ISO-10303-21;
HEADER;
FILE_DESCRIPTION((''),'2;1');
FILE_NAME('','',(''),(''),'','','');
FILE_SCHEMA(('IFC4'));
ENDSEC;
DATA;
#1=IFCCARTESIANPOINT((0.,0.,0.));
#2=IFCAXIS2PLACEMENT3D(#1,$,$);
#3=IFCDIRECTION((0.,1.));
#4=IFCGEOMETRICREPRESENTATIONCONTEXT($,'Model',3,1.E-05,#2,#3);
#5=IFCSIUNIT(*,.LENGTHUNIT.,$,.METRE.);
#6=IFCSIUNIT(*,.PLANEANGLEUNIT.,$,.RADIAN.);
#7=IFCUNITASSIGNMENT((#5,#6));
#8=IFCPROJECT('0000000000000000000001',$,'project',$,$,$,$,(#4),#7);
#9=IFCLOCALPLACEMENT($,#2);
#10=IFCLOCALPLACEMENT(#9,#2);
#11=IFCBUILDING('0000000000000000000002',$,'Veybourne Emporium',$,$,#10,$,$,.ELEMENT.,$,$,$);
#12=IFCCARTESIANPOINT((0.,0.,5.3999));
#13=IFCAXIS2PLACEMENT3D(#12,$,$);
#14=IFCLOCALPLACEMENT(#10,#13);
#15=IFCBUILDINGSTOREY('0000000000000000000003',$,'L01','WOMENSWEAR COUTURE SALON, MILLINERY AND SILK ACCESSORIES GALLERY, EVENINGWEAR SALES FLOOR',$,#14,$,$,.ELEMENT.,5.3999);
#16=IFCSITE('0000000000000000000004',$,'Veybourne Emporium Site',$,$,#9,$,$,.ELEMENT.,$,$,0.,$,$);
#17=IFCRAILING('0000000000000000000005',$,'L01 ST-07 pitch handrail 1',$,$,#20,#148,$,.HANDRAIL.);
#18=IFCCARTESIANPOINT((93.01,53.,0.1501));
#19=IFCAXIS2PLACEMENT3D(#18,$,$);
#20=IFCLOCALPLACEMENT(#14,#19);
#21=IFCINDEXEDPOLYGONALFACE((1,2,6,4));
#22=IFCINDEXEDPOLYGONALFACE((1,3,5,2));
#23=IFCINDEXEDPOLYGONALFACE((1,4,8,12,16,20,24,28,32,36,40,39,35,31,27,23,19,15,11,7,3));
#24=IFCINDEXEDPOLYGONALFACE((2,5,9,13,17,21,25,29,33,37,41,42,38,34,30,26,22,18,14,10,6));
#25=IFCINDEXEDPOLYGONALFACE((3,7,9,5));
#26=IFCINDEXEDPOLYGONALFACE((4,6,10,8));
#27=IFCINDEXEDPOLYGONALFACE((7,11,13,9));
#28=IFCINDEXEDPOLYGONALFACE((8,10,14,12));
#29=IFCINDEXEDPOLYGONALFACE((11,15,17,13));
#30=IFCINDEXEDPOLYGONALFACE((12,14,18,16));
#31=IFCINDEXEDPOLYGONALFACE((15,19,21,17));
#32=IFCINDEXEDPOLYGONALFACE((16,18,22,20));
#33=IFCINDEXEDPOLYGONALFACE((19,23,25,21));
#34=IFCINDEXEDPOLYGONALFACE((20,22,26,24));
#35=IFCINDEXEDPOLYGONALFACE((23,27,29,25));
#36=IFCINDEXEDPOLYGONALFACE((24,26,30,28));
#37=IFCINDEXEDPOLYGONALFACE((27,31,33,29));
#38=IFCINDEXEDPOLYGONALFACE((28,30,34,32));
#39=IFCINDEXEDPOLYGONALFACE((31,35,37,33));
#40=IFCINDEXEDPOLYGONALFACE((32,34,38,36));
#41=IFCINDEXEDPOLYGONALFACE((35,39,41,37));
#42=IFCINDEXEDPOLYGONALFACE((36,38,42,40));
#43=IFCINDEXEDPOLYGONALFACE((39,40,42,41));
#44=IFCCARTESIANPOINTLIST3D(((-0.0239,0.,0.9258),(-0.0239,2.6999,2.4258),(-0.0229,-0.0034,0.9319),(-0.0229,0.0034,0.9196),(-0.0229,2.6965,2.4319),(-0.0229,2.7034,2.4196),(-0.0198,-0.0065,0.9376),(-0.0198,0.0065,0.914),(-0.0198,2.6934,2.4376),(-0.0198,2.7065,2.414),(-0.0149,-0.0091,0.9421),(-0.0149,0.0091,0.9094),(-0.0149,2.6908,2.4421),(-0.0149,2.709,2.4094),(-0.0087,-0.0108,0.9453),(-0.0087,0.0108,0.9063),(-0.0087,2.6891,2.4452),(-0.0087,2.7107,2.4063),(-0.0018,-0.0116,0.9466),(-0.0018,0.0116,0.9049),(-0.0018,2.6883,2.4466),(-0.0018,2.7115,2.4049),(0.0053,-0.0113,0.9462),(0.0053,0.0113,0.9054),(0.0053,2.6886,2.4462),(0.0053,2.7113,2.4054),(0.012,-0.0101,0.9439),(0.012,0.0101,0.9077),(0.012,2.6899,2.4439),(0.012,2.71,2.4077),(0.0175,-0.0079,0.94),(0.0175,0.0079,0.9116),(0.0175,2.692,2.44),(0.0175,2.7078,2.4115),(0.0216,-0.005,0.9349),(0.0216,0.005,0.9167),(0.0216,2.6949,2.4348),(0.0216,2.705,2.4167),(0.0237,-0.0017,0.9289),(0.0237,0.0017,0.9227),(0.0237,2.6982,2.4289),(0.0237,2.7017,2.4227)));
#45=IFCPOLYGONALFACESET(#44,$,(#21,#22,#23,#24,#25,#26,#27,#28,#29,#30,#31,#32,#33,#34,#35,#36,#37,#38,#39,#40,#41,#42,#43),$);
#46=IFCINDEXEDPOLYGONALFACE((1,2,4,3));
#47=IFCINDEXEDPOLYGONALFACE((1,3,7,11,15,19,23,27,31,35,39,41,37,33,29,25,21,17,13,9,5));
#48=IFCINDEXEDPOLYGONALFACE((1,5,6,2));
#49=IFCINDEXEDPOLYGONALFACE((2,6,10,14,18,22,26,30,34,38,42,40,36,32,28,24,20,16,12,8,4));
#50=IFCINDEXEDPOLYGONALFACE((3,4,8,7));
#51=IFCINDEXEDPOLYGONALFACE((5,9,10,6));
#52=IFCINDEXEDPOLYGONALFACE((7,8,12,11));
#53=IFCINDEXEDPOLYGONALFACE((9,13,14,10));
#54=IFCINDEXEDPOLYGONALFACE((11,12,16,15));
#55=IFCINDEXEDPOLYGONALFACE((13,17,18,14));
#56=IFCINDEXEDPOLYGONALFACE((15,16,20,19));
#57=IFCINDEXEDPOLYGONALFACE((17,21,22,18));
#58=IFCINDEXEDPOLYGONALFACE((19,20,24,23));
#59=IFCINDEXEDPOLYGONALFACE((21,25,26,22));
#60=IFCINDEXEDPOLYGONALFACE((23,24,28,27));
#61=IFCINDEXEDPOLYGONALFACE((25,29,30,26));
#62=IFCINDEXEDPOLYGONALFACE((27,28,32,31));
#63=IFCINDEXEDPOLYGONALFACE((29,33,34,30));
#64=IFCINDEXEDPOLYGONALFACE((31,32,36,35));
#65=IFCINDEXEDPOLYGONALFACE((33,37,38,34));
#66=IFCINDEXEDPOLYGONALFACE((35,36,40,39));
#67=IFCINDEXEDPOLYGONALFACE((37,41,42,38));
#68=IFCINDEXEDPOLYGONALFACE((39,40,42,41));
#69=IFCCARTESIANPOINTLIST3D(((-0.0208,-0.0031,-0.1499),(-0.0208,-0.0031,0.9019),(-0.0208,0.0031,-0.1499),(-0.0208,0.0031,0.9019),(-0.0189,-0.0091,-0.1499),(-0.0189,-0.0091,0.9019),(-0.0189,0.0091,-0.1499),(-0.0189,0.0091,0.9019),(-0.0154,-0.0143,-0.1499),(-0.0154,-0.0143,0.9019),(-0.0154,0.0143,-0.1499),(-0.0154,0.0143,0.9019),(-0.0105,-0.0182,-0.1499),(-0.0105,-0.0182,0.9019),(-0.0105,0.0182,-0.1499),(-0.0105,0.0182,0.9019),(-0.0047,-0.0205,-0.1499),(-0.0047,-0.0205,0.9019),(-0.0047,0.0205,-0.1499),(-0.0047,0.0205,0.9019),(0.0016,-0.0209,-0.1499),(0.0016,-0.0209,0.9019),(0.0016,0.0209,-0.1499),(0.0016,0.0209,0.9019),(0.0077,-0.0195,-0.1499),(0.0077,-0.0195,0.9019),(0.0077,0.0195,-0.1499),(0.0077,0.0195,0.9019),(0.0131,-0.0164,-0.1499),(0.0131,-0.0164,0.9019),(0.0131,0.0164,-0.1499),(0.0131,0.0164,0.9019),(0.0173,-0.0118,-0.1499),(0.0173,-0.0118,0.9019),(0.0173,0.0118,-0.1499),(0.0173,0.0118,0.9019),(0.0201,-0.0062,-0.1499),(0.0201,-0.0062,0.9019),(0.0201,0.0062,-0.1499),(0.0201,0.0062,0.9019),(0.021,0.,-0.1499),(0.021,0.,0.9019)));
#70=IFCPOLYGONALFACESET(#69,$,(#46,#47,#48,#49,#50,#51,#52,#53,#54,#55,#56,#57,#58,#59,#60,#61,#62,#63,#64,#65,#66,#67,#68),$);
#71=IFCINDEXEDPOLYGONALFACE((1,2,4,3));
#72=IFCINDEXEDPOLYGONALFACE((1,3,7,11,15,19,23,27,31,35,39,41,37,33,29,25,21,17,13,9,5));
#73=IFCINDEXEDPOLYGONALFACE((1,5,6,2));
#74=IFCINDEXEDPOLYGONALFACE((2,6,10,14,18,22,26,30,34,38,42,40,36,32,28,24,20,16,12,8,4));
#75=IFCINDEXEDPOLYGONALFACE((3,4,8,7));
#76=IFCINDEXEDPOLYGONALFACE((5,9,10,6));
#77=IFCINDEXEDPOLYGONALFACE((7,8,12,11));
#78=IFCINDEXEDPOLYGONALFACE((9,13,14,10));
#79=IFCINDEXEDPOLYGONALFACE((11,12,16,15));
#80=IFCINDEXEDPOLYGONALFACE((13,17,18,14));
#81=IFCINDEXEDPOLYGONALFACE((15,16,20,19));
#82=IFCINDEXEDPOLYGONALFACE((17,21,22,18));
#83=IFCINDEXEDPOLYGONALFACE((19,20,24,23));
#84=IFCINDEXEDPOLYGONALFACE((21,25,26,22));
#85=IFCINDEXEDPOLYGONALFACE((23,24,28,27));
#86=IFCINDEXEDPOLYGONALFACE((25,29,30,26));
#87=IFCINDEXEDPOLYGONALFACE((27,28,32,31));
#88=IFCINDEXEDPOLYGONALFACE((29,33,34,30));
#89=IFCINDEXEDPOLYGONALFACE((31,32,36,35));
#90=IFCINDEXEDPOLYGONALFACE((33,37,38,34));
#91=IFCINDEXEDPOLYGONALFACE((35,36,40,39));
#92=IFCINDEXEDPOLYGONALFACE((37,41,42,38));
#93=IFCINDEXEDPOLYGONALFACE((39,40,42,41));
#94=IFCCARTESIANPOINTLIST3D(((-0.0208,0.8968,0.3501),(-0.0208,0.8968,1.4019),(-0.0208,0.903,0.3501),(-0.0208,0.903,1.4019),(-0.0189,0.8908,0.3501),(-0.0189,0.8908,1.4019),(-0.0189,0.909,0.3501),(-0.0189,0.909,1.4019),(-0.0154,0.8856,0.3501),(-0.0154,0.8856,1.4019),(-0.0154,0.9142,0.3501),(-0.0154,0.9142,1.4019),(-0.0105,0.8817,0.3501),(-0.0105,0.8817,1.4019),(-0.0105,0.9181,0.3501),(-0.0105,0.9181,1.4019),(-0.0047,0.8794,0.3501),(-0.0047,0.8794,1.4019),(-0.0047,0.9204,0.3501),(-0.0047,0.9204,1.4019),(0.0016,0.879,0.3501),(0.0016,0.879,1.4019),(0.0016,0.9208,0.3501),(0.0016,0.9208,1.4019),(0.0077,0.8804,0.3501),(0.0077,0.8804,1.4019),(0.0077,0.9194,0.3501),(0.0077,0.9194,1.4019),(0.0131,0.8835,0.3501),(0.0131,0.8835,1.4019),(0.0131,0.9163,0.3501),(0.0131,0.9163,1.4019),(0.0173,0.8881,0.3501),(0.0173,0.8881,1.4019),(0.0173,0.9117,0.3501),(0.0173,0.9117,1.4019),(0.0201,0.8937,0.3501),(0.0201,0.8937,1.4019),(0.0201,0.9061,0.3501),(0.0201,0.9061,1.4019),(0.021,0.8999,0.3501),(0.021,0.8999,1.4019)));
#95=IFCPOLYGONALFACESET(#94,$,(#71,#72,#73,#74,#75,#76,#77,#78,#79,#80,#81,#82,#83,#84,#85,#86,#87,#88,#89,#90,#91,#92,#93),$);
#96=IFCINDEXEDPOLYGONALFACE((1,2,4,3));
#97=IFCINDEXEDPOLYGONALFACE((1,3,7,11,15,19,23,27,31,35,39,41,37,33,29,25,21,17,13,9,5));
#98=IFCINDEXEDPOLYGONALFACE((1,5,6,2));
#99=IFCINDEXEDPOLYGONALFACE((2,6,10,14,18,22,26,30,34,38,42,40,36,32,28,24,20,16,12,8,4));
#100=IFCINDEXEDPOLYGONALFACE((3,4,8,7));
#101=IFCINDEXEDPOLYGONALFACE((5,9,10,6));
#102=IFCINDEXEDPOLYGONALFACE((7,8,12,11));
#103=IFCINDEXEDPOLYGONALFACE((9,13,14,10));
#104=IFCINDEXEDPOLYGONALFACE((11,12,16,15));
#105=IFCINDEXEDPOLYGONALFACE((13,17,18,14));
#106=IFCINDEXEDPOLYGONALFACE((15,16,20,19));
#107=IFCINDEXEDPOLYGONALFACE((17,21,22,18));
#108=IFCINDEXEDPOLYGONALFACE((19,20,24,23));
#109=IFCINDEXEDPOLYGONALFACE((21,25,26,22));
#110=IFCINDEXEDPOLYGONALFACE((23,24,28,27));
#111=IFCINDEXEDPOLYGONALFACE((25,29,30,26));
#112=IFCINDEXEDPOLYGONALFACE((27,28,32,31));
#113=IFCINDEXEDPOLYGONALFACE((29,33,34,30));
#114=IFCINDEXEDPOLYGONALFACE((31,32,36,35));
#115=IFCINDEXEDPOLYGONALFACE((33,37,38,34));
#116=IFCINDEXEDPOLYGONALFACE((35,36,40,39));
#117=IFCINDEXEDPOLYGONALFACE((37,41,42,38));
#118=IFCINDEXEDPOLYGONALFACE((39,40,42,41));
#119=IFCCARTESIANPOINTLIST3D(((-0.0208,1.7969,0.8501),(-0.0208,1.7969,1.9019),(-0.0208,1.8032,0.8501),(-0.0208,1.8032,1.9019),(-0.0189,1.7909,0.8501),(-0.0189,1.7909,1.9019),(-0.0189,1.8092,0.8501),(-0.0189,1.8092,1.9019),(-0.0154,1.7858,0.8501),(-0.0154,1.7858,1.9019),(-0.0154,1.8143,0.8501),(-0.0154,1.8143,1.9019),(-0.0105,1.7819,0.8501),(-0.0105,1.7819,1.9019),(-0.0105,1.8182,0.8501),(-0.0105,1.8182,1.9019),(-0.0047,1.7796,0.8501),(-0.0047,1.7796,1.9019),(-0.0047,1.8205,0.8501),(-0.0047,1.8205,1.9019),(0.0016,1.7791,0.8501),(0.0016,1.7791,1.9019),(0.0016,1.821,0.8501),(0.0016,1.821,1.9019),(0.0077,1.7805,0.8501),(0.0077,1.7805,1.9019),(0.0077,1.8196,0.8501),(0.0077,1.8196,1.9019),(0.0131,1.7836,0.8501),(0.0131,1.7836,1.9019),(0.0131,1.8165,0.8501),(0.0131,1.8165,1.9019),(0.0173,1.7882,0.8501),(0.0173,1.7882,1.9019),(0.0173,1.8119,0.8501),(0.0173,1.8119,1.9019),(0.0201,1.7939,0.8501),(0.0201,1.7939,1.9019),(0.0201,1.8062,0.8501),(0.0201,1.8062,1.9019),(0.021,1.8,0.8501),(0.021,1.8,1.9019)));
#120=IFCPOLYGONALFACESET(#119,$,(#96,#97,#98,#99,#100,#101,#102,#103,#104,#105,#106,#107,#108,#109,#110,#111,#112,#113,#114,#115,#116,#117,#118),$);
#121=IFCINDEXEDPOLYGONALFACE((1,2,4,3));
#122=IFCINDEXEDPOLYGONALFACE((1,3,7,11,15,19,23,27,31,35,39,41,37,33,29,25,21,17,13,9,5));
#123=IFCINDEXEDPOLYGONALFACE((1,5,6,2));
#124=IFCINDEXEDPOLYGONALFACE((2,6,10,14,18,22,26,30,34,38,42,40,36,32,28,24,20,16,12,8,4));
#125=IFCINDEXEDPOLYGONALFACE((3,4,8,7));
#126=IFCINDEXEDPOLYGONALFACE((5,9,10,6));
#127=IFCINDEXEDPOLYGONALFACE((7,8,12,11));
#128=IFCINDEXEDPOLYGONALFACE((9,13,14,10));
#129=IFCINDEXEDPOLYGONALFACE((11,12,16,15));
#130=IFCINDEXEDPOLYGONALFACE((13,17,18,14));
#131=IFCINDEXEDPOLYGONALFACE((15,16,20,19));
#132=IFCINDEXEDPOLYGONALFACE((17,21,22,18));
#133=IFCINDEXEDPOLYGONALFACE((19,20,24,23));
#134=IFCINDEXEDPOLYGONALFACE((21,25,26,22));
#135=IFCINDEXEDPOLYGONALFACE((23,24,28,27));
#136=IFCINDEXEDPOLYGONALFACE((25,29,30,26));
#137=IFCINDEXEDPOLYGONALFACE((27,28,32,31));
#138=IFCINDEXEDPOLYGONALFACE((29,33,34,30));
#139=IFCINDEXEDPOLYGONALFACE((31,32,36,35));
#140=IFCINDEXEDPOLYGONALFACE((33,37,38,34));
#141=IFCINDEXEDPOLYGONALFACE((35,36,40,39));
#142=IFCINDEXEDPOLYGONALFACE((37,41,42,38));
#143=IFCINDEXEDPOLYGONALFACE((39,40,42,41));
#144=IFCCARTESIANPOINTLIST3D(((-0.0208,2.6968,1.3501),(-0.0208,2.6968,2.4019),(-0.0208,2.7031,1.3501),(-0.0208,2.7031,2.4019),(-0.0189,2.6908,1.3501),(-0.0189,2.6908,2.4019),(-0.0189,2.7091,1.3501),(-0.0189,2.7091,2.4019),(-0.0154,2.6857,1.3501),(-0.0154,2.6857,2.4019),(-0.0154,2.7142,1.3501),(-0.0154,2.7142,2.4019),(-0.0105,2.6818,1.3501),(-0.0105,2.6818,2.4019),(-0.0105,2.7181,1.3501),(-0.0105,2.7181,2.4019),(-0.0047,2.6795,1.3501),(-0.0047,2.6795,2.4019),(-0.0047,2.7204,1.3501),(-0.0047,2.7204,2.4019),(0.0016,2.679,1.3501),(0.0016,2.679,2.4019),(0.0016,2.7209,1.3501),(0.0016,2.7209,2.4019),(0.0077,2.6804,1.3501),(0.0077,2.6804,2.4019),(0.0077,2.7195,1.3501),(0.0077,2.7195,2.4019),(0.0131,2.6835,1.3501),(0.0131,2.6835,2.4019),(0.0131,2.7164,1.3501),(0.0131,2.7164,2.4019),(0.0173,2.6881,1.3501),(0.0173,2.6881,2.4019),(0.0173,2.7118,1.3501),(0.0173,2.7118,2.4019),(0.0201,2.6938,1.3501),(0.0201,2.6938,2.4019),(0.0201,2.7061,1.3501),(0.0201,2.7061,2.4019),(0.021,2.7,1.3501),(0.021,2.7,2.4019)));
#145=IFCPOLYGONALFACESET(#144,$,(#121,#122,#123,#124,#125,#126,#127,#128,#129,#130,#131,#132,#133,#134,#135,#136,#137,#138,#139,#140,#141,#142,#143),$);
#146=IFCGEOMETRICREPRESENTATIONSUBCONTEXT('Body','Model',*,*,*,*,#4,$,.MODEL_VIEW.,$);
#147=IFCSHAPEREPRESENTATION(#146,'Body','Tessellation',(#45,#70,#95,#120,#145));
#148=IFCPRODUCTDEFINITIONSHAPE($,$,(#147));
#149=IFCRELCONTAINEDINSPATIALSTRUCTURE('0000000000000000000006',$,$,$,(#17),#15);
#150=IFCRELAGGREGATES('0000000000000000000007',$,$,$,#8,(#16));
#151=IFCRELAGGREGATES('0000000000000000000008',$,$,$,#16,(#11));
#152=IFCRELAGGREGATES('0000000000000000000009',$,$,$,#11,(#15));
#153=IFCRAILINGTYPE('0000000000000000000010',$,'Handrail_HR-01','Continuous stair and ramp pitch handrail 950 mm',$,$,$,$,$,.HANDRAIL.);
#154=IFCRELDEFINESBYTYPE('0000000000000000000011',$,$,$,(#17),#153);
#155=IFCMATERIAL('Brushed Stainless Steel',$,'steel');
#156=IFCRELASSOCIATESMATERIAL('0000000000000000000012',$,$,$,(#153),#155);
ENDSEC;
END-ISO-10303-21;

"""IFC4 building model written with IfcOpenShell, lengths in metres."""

from ifc_helpers import new_model, si_unit, direction, frame, origin, origin_2d, place, context, subcontext, project, spatial, circle, extrude, material, type_object, element, save


model = new_model("IFC4")

# Units and contexts
model_context = context("Model", 3, precision=1e-05, world=origin(), true_north=direction((0.0, 1.0)))
body_context = subcontext(model_context, "Body", "Model", "MODEL_VIEW")
ifc_project = project(units=[si_unit("LENGTHUNIT", "METRE"), si_unit("PLANEANGLEUNIT", "RADIAN")], contexts=[model_context])

# Site, building, storey
site_placement = place(None, origin())
site = spatial("IfcSite", under=ifc_project, at=site_placement, Name="Veybourne Emporium Site", CompositionType="ELEMENT", RefElevation=0.0)
building_placement = place(site_placement, origin())
building = spatial("IfcBuilding", under=site, at=building_placement, Name="Veybourne Emporium", CompositionType="ELEMENT")
storey_placement = place(building_placement, frame((0.0, 0.0, 5.3999)))
storey = spatial("IfcBuildingStorey", under=building, at=storey_placement, Name="L01", Description="WOMENSWEAR COUTURE SALON, MILLINERY AND SILK ACCESSORIES GALLERY, EVENINGWEAR SALES FLOOR", CompositionType="ELEMENT", Elevation=5.3999)

# Railing
ifc_material_1 = material(Name="Brushed Stainless Steel", Category="steel")
railing_type_1 = type_object("IfcRailingType", Name="Handrail_HR-01", Description="Continuous stair and ramp pitch handrail 950 mm", PredefinedType="HANDRAIL", material=ifc_material_1)
railing_1_placement = place(storey_placement, frame((93.01, 53.0, 0.1501)))
element("IfcRailing", 1, at=railing_1_placement, inside=storey, type_object=railing_type_1, Name="L01 ST-07 pitch handrail 1", PredefinedType="HANDRAIL", context=body_context, shape_type="SweptSolid", body=[
    extrude(circle(Radius=0.0239, at=origin_2d()), frame((0.0, 0.0, 0.9258), z_axis=(0.0, 0.874154, 0.48565), x_axis=(-1.0, 0.0, 0.0)), (0.0, 0.0, 1.0), 3.0886),
    extrude(circle(Radius=0.021, at=origin_2d()), frame((0.0, 0.0, -0.1499)), (0.0, 0.0, 1.0), 1.0518),
    extrude(circle(Radius=0.021, at=origin_2d()), frame((0.0, 0.8999, 0.3501)), (0.0, 0.0, 1.0), 1.0518),
    extrude(circle(Radius=0.021, at=origin_2d()), frame((0.0, 1.8, 0.8501)), (0.0, 0.0, 1.0), 1.0518),
    extrude(circle(Radius=0.021, at=origin_2d()), frame((0.0, 2.7, 1.3501)), (0.0, 0.0, 1.0), 1.0518),
])

save(model, "model.ifc")
